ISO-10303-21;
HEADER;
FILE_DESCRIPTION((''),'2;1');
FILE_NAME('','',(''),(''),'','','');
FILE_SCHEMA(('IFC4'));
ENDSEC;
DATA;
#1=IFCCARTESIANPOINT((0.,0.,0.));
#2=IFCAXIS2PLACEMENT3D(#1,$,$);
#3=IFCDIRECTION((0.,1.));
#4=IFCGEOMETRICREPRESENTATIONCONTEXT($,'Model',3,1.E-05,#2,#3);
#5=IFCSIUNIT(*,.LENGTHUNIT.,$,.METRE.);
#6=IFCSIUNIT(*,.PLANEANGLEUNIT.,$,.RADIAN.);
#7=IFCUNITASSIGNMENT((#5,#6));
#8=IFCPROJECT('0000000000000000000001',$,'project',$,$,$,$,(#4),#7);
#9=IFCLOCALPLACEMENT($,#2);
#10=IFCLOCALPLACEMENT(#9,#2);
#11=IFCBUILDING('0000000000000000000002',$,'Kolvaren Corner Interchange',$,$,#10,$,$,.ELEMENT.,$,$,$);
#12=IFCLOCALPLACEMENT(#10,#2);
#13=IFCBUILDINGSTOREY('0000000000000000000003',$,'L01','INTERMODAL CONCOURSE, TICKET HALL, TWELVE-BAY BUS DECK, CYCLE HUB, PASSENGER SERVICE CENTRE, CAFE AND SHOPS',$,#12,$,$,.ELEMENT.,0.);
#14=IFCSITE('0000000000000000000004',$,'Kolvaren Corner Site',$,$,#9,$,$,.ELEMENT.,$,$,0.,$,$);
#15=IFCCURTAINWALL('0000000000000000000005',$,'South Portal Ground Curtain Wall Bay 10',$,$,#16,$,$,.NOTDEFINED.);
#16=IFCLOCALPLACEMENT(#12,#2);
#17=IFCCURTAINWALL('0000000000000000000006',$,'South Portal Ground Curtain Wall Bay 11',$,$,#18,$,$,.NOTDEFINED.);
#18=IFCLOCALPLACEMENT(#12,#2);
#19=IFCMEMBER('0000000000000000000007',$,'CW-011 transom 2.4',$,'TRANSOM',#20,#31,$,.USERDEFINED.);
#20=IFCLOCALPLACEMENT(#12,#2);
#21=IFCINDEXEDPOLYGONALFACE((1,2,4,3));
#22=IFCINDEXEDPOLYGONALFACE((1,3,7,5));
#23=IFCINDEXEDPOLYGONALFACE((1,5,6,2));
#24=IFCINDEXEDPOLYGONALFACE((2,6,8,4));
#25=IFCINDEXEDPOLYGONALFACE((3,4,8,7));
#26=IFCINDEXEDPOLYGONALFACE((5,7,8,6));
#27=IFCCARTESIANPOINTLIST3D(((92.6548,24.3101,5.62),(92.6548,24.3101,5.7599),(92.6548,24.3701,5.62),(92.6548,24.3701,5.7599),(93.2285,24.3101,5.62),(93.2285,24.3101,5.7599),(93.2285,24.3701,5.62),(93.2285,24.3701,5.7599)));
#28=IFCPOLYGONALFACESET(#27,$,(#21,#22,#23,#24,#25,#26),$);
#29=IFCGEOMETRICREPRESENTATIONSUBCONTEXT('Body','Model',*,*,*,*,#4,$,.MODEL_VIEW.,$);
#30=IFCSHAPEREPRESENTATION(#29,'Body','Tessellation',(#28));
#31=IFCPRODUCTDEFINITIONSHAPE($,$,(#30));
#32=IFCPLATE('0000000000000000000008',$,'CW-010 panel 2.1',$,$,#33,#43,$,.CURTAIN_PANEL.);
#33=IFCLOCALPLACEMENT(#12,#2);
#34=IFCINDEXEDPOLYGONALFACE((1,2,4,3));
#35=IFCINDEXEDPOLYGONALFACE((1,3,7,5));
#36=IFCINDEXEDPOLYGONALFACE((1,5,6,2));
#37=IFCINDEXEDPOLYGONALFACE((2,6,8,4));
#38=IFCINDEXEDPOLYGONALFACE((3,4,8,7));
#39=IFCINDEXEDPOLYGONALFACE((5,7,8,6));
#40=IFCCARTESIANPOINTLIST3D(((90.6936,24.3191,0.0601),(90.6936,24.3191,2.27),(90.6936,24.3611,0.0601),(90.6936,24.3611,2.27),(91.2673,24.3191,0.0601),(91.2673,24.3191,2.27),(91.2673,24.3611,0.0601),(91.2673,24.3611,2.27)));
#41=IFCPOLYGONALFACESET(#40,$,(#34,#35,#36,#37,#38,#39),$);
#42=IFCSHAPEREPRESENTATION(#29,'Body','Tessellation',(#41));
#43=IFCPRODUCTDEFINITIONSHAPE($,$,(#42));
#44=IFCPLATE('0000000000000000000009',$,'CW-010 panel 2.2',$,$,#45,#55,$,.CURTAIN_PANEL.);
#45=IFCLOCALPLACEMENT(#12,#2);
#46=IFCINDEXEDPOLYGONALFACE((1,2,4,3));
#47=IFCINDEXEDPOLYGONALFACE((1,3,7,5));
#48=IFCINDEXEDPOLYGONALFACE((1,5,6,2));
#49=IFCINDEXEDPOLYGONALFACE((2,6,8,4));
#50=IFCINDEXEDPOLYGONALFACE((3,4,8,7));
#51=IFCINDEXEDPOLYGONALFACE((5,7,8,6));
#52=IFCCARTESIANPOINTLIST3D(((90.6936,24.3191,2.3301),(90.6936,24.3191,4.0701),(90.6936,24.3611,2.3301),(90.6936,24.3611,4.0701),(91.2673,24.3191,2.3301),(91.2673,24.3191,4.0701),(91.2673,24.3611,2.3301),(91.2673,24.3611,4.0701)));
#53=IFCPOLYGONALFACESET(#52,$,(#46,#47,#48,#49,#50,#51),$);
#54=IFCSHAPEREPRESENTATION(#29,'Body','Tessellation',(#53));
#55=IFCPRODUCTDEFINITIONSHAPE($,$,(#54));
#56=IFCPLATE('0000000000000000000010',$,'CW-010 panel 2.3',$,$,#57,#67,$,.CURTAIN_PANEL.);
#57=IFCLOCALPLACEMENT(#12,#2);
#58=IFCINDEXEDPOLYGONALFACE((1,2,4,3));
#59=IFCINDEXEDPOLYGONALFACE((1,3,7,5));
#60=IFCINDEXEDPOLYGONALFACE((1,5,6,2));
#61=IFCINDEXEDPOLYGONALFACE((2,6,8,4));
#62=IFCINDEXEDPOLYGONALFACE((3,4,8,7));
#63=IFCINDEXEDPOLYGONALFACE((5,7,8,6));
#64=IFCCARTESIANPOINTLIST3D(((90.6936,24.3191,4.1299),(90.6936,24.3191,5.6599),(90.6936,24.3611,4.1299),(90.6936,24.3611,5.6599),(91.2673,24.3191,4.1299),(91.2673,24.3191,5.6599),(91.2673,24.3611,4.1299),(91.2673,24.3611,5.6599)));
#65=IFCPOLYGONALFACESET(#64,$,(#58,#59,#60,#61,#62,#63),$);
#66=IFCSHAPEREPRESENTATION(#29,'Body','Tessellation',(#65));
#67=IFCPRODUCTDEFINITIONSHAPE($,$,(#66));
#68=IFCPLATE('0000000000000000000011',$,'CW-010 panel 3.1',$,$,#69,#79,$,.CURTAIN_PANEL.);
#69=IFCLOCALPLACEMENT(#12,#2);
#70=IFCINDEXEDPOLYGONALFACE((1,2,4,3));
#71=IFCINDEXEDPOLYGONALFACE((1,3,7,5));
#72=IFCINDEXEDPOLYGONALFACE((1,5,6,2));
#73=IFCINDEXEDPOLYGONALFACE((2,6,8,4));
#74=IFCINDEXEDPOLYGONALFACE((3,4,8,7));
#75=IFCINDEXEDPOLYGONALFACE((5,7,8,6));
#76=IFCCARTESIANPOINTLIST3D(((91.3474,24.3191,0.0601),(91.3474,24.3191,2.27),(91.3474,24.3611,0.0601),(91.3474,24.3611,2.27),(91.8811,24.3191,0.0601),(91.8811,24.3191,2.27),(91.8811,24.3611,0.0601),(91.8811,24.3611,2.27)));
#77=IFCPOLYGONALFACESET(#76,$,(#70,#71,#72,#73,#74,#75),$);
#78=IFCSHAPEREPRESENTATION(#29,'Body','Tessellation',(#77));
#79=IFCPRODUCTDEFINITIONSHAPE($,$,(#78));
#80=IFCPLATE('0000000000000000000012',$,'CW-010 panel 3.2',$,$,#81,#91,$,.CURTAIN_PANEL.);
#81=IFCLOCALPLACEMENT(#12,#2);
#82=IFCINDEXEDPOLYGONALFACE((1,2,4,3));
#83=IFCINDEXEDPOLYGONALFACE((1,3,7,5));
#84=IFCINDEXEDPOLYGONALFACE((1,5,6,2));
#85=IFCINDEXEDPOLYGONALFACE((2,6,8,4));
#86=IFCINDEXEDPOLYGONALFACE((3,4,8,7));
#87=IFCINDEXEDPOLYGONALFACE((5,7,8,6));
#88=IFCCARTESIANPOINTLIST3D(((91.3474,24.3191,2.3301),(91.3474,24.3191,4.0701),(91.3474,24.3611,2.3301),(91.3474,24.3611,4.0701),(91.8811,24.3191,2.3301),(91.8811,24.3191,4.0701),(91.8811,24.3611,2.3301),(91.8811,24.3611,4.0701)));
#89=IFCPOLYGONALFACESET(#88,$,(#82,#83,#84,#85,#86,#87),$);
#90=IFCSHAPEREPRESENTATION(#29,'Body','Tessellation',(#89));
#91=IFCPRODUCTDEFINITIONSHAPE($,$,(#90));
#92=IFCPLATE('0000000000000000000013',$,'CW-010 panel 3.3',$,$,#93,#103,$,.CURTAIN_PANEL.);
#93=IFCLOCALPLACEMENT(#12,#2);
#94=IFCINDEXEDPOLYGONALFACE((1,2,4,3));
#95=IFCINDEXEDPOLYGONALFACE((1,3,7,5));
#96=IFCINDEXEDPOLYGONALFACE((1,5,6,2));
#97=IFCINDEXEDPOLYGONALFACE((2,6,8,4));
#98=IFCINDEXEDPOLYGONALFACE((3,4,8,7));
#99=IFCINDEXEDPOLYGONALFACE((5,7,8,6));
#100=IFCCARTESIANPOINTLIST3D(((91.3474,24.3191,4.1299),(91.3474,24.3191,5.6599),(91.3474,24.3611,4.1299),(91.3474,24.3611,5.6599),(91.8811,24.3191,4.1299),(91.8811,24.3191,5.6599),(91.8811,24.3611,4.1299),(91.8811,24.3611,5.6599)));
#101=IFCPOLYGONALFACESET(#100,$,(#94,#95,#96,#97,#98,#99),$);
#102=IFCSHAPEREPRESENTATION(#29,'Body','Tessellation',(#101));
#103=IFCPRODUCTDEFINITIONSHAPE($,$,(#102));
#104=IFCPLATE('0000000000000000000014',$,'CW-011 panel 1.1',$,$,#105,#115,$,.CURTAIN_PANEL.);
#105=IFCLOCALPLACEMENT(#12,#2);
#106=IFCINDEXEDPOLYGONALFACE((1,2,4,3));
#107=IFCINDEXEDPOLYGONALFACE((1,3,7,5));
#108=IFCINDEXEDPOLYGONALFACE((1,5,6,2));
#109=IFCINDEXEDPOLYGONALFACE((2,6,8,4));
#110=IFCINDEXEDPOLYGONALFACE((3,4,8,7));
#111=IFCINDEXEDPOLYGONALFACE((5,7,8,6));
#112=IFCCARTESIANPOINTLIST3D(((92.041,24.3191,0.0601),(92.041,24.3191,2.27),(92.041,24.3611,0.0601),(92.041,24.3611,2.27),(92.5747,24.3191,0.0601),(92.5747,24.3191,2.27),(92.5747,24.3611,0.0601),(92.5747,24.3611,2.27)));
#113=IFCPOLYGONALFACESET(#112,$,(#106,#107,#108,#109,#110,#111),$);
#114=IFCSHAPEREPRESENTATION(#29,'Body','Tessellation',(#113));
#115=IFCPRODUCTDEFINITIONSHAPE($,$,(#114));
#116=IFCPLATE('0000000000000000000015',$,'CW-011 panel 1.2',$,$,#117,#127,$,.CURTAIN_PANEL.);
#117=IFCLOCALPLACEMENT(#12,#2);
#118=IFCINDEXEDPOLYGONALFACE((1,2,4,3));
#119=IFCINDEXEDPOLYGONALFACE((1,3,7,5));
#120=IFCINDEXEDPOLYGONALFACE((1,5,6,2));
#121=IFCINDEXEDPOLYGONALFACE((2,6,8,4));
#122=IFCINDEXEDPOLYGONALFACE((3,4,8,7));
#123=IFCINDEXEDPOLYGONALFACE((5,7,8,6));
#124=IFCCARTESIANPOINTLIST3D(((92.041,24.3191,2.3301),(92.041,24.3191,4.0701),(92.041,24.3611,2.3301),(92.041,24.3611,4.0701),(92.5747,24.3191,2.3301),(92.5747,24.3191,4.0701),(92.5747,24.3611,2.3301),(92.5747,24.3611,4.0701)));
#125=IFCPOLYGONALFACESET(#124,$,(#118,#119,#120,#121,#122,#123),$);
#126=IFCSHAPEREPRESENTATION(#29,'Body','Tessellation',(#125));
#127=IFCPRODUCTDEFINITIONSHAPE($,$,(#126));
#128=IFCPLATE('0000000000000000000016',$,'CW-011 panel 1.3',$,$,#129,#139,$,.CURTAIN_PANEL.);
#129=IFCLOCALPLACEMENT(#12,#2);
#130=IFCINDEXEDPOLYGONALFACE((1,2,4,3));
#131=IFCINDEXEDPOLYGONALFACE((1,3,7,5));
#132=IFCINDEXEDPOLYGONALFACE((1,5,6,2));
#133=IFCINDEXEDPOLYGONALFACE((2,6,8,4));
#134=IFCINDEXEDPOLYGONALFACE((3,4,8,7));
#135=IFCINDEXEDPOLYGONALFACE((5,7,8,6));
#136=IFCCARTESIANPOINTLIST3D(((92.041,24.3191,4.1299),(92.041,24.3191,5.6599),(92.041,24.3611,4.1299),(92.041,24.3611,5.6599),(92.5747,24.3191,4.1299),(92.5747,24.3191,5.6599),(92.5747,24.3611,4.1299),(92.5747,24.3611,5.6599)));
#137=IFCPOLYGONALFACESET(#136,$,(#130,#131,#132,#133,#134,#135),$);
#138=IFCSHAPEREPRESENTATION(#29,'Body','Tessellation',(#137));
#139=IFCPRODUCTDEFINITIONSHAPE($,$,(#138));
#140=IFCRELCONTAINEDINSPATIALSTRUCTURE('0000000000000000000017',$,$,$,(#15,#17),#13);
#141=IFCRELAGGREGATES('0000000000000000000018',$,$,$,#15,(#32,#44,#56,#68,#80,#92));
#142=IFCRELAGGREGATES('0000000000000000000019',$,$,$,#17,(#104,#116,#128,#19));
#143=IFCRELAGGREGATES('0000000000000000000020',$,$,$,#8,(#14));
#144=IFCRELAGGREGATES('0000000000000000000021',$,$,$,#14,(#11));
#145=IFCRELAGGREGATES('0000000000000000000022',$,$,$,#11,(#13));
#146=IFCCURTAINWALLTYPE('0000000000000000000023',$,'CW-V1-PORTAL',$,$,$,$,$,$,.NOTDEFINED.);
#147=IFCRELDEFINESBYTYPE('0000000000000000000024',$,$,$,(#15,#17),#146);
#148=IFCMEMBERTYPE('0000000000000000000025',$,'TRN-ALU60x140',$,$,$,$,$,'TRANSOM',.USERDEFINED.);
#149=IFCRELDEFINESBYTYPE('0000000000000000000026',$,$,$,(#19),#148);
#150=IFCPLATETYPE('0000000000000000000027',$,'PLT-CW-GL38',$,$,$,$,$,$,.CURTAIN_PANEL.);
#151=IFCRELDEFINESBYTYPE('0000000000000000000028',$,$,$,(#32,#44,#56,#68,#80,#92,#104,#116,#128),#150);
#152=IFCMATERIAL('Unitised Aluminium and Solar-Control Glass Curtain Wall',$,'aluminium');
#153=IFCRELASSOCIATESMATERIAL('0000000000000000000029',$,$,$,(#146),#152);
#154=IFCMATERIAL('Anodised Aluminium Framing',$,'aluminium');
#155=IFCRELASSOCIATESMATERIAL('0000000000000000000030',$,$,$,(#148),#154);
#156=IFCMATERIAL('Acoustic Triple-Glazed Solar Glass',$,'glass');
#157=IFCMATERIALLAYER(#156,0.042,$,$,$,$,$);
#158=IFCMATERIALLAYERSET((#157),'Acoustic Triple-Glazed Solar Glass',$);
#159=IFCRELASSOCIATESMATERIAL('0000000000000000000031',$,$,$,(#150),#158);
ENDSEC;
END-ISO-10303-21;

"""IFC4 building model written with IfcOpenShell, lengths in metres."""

from ifc_helpers import new_model, si_unit, direction, frame, origin, origin_2d, place, context, subcontext, project, spatial, rectangle, extrude, material, layer, layer_set, material_profile, profile_set, type_object, element, aggregate, save


model = new_model("IFC4")

# Units and contexts
model_context = context("Model", 3, precision=1e-05, world=origin(), true_north=direction((0.0, 1.0)))
body_context = subcontext(model_context, "Body", "Model", "MODEL_VIEW")
ifc_project = project(units=[si_unit("LENGTHUNIT", "METRE"), si_unit("PLANEANGLEUNIT", "RADIAN")], contexts=[model_context])

# Site, building, storey
site_placement = place(None, origin())
site = spatial("IfcSite", under=ifc_project, at=site_placement, Name="Kolvaren Corner Site", CompositionType="ELEMENT", RefElevation=0.0)
building_placement = place(site_placement, origin())
building = spatial("IfcBuilding", under=site, at=building_placement, Name="Kolvaren Corner Interchange", CompositionType="ELEMENT")
storey_placement = place(building_placement, origin())
storey = spatial("IfcBuildingStorey", under=building, at=storey_placement, Name="L01", Description="INTERMODAL CONCOURSE, TICKET HALL, TWELVE-BAY BUS DECK, CYCLE HUB, PASSENGER SERVICE CENTRE, CAFE AND SHOPS", CompositionType="ELEMENT", Elevation=0.0)

# Curtain walls
ifc_material_1 = material(Name="Unitised Aluminium and Solar-Control Glass Curtain Wall", Category="aluminium")
curtain_wall_type = type_object("IfcCurtainWallType", Name="CW-V1-PORTAL", PredefinedType="NOTDEFINED", material=ifc_material_1)
curtain_wall_1_placement = place(storey_placement, origin())
curtain_wall_1 = element("IfcCurtainWall", 1, at=curtain_wall_1_placement, inside=storey, type_object=curtain_wall_type, Name="South Portal Ground Curtain Wall Bay 10", PredefinedType="NOTDEFINED")
curtain_wall_2_placement = place(storey_placement, origin())
curtain_wall_2 = element("IfcCurtainWall", 2, at=curtain_wall_2_placement, inside=storey, type_object=curtain_wall_type, Name="South Portal Ground Curtain Wall Bay 11", PredefinedType="NOTDEFINED")

# Member
ifc_material_2 = material(Name="Anodised Aluminium Framing", Category="aluminium")
ifc_material_profile_1 = material_profile(ifc_material_2, rectangle(XDim=0.0601, YDim=0.1399, at=origin_2d()), Name="ALU 60x140")
ifc_profile_set_1 = profile_set([ifc_material_profile_1], Name="Anodised Aluminium Framing")
member_type_1 = type_object("IfcMemberType", Name="TRN-ALU60x140", ElementType="TRANSOM", PredefinedType="USERDEFINED", material=ifc_profile_set_1)
member_1_placement = place(storey_placement, frame((92.6548, 24.3401, 5.6899), z_axis=(1.0, 0.0, 0.0), x_axis=(0.0, 1.0, 0.0)))
member_1 = element("IfcMember", 3, at=member_1_placement, type_object=member_type_1, Name="CW-011 transom 2.4", ObjectType="TRANSOM", PredefinedType="USERDEFINED", context=body_context, shape_type="SweptSolid", body=[
    extrude(rectangle(XDim=0.0601, YDim=0.1399, at=origin_2d()), origin(), (0.0, 0.0, 1.0), 0.5737),
])

# Plates
ifc_material_3 = material(Name="Acoustic Triple-Glazed Solar Glass", Category="glass")
ifc_layer = layer(ifc_material_3, 0.042)
ifc_layer_set = layer_set([ifc_layer], Name="Acoustic Triple-Glazed Solar Glass")
plate_type = type_object("IfcPlateType", Name="PLT-CW-GL38", PredefinedType="CURTAIN_PANEL", material=ifc_layer_set)
plate_1_placement = place(storey_placement, frame((90.9805, 24.3401, 0.0601), z_axis=(0.0, 0.0, 1.0), x_axis=(1.0, 0.0, 0.0)))
plate_1 = element("IfcPlate", 4, at=plate_1_placement, type_object=plate_type, Name="CW-010 panel 2.1", PredefinedType="CURTAIN_PANEL", context=body_context, shape_type="SweptSolid", body=[
    extrude(rectangle(XDim=0.5737, YDim=0.042, at=origin_2d()), origin(), (0.0, 0.0, 1.0), 2.21),
])
plate_2_placement = place(storey_placement, frame((90.9805, 24.3401, 2.3301), z_axis=(0.0, 0.0, 1.0), x_axis=(1.0, 0.0, 0.0)))
plate_2 = element("IfcPlate", 5, at=plate_2_placement, type_object=plate_type, Name="CW-010 panel 2.2", PredefinedType="CURTAIN_PANEL", context=body_context, shape_type="SweptSolid", body=[
    extrude(rectangle(XDim=0.5737, YDim=0.042, at=origin_2d()), origin(), (0.0, 0.0, 1.0), 1.74),
])
plate_3_placement = place(storey_placement, frame((90.9805, 24.3401, 4.1299), z_axis=(0.0, 0.0, 1.0), x_axis=(1.0, 0.0, 0.0)))
plate_3 = element("IfcPlate", 6, at=plate_3_placement, type_object=plate_type, Name="CW-010 panel 2.3", PredefinedType="CURTAIN_PANEL", context=body_context, shape_type="SweptSolid", body=[
    extrude(rectangle(XDim=0.5737, YDim=0.042, at=origin_2d()), origin(), (0.0, 0.0, 1.0), 1.53),
])
plate_4_placement = place(storey_placement, frame((91.6143, 24.3401, 0.0601), z_axis=(0.0, 0.0, 1.0), x_axis=(1.0, 0.0, 0.0)))
plate_4 = element("IfcPlate", 7, at=plate_4_placement, type_object=plate_type, Name="CW-010 panel 3.1", PredefinedType="CURTAIN_PANEL", context=body_context, shape_type="SweptSolid", body=[
    extrude(rectangle(XDim=0.5337, YDim=0.042, at=origin_2d()), origin(), (0.0, 0.0, 1.0), 2.21),
])
plate_5_placement = place(storey_placement, frame((91.6143, 24.3401, 2.3301), z_axis=(0.0, 0.0, 1.0), x_axis=(1.0, 0.0, 0.0)))
plate_5 = element("IfcPlate", 8, at=plate_5_placement, type_object=plate_type, Name="CW-010 panel 3.2", PredefinedType="CURTAIN_PANEL", context=body_context, shape_type="SweptSolid", body=[
    extrude(rectangle(XDim=0.5337, YDim=0.042, at=origin_2d()), origin(), (0.0, 0.0, 1.0), 1.74),
])
plate_6_placement = place(storey_placement, frame((91.6143, 24.3401, 4.1299), z_axis=(0.0, 0.0, 1.0), x_axis=(1.0, 0.0, 0.0)))
plate_6 = element("IfcPlate", 9, at=plate_6_placement, type_object=plate_type, Name="CW-010 panel 3.3", PredefinedType="CURTAIN_PANEL", context=body_context, shape_type="SweptSolid", body=[
    extrude(rectangle(XDim=0.5337, YDim=0.042, at=origin_2d()), origin(), (0.0, 0.0, 1.0), 1.53),
])
aggregate(curtain_wall_1, [plate_1, plate_2, plate_3, plate_4, plate_5, plate_6])
plate_7_placement = place(storey_placement, frame((92.3079, 24.3401, 0.0601), z_axis=(0.0, 0.0, 1.0), x_axis=(1.0, 0.0, 0.0)))
plate_7 = element("IfcPlate", 10, at=plate_7_placement, type_object=plate_type, Name="CW-011 panel 1.1", PredefinedType="CURTAIN_PANEL", context=body_context, shape_type="SweptSolid", body=[
    extrude(rectangle(XDim=0.5337, YDim=0.042, at=origin_2d()), origin(), (0.0, 0.0, 1.0), 2.21),
])
plate_8_placement = place(storey_placement, frame((92.3079, 24.3401, 2.3301), z_axis=(0.0, 0.0, 1.0), x_axis=(1.0, 0.0, 0.0)))
plate_8 = element("IfcPlate", 11, at=plate_8_placement, type_object=plate_type, Name="CW-011 panel 1.2", PredefinedType="CURTAIN_PANEL", context=body_context, shape_type="SweptSolid", body=[
    extrude(rectangle(XDim=0.5337, YDim=0.042, at=origin_2d()), origin(), (0.0, 0.0, 1.0), 1.74),
])
plate_9_placement = place(storey_placement, frame((92.3079, 24.3401, 4.1299), z_axis=(0.0, 0.0, 1.0), x_axis=(1.0, 0.0, 0.0)))
plate_9 = element("IfcPlate", 12, at=plate_9_placement, type_object=plate_type, Name="CW-011 panel 1.3", PredefinedType="CURTAIN_PANEL", context=body_context, shape_type="SweptSolid", body=[
    extrude(rectangle(XDim=0.5337, YDim=0.042, at=origin_2d()), origin(), (0.0, 0.0, 1.0), 1.53),
])
aggregate(curtain_wall_2, [plate_7, plate_8, plate_9, member_1])

save(model, "model.ifc")
